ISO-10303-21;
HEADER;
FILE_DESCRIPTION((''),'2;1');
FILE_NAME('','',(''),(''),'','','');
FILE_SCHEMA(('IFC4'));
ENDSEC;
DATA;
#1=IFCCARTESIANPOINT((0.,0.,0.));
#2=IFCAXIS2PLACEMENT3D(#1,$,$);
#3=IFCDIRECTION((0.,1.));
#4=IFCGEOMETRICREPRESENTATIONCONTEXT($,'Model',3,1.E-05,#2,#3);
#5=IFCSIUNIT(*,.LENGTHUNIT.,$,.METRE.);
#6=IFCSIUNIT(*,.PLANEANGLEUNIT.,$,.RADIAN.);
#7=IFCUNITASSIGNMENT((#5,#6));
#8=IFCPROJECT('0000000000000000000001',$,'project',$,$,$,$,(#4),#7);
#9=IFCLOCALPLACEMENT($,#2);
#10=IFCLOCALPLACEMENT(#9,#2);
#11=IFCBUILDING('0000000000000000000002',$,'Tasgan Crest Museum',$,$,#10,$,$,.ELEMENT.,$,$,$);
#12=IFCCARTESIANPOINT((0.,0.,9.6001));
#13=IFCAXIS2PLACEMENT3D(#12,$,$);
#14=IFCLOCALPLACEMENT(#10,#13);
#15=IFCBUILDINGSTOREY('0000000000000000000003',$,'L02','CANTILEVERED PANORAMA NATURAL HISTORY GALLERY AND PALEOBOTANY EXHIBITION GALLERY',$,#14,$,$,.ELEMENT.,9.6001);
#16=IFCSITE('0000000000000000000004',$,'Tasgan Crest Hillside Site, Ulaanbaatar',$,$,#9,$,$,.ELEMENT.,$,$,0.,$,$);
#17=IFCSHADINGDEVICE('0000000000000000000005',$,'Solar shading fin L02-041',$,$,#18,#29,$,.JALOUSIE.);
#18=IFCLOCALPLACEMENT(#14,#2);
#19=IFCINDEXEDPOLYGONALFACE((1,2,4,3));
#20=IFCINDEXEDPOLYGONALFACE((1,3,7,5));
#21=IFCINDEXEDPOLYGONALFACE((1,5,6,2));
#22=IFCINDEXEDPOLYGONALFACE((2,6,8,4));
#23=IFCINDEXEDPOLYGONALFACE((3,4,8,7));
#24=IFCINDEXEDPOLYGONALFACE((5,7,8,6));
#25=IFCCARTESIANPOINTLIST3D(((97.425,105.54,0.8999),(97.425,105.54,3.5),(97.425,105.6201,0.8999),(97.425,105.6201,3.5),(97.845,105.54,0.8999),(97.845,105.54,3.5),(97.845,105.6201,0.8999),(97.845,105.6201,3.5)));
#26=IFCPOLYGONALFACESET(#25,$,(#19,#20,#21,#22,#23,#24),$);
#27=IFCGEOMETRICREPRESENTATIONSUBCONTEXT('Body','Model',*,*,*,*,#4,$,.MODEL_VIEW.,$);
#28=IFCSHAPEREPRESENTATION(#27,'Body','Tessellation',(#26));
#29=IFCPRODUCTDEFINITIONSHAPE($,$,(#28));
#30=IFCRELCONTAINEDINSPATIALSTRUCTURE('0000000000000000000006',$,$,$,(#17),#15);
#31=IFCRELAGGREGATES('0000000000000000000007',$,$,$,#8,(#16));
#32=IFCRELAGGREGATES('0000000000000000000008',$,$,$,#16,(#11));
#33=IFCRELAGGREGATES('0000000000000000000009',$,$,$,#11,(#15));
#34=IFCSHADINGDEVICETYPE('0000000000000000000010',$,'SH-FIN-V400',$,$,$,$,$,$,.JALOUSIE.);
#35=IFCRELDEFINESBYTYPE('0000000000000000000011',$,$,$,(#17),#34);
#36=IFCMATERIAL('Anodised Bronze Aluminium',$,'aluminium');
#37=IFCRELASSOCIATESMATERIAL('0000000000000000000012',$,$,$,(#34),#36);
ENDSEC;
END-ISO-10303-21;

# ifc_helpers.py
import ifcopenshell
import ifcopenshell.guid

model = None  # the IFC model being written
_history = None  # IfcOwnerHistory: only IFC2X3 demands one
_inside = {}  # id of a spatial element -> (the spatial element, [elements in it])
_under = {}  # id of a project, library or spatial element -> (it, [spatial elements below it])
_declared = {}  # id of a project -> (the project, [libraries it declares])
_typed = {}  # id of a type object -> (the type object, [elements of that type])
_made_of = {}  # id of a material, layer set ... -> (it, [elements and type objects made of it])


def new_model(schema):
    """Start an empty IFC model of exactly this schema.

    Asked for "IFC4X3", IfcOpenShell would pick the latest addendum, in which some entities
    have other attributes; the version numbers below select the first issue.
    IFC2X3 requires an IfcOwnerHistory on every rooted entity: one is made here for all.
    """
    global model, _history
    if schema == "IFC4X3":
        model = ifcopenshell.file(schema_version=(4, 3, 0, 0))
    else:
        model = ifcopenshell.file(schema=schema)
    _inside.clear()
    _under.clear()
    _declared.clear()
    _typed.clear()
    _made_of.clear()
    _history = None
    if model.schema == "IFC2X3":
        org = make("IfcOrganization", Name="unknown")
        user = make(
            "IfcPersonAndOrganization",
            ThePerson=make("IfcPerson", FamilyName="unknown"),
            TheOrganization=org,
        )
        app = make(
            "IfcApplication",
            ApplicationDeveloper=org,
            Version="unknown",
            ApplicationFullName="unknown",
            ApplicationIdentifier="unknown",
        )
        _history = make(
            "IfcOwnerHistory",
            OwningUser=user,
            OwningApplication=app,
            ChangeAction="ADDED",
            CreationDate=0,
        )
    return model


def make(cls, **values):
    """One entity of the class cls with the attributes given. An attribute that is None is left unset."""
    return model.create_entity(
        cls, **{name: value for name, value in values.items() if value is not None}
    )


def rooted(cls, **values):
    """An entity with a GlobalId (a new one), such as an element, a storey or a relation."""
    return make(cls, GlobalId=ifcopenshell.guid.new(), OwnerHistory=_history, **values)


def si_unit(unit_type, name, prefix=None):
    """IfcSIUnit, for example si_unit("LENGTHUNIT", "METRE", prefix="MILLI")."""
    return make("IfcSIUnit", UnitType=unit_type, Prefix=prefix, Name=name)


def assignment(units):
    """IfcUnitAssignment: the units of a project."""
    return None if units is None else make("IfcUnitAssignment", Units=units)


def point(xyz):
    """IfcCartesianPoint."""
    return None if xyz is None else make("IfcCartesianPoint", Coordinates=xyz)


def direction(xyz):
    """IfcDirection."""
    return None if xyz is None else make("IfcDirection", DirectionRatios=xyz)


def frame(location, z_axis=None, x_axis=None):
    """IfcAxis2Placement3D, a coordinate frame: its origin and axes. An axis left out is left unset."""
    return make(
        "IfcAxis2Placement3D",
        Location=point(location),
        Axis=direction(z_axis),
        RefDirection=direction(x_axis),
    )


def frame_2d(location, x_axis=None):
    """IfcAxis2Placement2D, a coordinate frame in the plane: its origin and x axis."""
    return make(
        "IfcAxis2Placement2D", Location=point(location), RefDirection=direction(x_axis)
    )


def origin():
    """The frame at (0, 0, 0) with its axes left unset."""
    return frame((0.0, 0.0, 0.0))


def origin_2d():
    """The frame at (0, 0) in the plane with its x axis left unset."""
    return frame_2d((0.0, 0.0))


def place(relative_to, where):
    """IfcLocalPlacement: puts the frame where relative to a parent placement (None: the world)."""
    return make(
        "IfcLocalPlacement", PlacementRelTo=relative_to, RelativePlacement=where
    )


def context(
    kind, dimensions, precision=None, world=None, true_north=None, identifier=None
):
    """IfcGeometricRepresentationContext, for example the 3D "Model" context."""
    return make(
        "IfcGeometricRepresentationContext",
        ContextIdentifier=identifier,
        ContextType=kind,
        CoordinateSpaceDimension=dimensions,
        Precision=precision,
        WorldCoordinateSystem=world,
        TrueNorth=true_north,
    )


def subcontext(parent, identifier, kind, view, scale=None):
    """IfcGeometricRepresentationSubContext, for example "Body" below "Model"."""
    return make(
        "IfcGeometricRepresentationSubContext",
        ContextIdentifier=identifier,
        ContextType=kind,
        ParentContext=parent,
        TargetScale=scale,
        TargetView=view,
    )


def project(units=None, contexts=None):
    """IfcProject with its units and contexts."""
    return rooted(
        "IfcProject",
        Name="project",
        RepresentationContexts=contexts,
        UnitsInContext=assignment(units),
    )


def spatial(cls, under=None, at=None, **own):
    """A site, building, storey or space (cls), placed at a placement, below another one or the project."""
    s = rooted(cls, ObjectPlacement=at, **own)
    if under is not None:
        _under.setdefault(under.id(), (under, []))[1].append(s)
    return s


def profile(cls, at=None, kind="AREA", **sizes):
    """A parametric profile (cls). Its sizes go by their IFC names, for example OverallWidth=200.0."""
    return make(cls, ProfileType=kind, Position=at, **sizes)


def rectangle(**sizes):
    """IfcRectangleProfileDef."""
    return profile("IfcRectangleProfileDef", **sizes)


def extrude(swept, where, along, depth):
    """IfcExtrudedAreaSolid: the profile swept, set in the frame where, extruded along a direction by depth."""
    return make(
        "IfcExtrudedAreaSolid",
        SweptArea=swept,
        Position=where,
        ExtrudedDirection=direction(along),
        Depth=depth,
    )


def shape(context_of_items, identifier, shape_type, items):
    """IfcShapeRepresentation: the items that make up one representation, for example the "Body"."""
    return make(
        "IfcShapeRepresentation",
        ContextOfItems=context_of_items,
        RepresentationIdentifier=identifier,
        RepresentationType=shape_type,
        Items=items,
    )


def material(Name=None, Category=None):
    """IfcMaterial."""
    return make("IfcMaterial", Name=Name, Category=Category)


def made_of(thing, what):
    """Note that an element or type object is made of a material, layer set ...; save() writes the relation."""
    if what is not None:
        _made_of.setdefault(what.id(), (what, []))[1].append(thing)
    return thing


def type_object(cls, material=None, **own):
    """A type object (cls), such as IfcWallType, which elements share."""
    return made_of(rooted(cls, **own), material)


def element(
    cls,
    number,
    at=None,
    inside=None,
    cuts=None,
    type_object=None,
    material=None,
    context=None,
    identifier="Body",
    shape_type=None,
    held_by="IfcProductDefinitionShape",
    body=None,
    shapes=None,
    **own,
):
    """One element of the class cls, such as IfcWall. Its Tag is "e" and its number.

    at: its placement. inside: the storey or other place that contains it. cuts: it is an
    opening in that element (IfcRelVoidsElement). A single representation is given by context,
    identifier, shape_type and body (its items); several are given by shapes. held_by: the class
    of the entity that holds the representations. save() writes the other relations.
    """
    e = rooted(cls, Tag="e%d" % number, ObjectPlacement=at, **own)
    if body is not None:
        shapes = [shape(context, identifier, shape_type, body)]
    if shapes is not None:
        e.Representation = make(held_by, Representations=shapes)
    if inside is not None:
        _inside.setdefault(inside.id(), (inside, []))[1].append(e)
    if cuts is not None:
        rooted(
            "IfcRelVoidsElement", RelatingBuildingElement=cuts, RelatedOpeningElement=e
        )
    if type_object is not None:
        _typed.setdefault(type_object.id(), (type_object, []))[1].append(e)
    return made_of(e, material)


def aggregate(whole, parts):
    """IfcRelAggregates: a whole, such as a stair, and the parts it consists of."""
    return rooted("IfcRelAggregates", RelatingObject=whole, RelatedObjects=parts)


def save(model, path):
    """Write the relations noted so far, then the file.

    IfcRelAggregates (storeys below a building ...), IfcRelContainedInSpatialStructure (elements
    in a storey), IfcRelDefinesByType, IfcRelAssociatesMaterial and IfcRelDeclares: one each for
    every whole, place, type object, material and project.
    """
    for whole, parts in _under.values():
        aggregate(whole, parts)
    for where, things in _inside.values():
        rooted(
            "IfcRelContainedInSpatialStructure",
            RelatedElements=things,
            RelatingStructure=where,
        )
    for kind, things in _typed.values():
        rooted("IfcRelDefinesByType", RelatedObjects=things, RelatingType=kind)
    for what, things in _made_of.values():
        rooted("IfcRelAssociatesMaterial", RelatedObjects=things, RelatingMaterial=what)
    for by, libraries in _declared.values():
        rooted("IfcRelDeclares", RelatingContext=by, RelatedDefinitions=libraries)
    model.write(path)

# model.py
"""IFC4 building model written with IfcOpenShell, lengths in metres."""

from ifc_helpers import new_model, si_unit, direction, frame, origin, origin_2d, place, context, subcontext, project, spatial, rectangle, extrude, material, type_object, element, save


model = new_model("IFC4")

# Units and contexts
model_context = context("Model", 3, precision=1e-05, world=origin(), true_north=direction((0.0, 1.0)))
body_context = subcontext(model_context, "Body", "Model", "MODEL_VIEW")
ifc_project = project(units=[si_unit("LENGTHUNIT", "METRE"), si_unit("PLANEANGLEUNIT", "RADIAN")], contexts=[model_context])

# Site, building, storey
site_placement = place(None, origin())
site = spatial("IfcSite", under=ifc_project, at=site_placement, Name="Tasgan Crest Hillside Site, Ulaanbaatar", CompositionType="ELEMENT", RefElevation=0.0)
building_placement = place(site_placement, origin())
building = spatial("IfcBuilding", under=site, at=building_placement, Name="Tasgan Crest Museum", CompositionType="ELEMENT")
storey_placement = place(building_placement, frame((0.0, 0.0, 9.6001)))
storey = spatial("IfcBuildingStorey", under=building, at=storey_placement, Name="L02", Description="CANTILEVERED PANORAMA NATURAL HISTORY GALLERY AND PALEOBOTANY EXHIBITION GALLERY", CompositionType="ELEMENT", Elevation=9.6001)

# Shading device
ifc_material_1 = material(Name="Anodised Bronze Aluminium", Category="aluminium")
shading_device_type = type_object("IfcShadingDeviceType", Name="SH-FIN-V400", PredefinedType="JALOUSIE", material=ifc_material_1)
shading_device_placement = place(storey_placement, frame((97.635, 105.5801, 0.8999), z_axis=(0.0, 0.0, 1.0), x_axis=(0.0, 1.0, 0.0)))
element("IfcShadingDevice", 1, at=shading_device_placement, inside=storey, type_object=shading_device_type, Name="Solar shading fin L02-041", PredefinedType="JALOUSIE", context=body_context, shape_type="SweptSolid", body=[
    extrude(rectangle(XDim=0.0801, YDim=0.4199, at=origin_2d()), origin(), (0.0, 0.0, 1.0), 2.6001),
])

save(model, "model.ifc")
